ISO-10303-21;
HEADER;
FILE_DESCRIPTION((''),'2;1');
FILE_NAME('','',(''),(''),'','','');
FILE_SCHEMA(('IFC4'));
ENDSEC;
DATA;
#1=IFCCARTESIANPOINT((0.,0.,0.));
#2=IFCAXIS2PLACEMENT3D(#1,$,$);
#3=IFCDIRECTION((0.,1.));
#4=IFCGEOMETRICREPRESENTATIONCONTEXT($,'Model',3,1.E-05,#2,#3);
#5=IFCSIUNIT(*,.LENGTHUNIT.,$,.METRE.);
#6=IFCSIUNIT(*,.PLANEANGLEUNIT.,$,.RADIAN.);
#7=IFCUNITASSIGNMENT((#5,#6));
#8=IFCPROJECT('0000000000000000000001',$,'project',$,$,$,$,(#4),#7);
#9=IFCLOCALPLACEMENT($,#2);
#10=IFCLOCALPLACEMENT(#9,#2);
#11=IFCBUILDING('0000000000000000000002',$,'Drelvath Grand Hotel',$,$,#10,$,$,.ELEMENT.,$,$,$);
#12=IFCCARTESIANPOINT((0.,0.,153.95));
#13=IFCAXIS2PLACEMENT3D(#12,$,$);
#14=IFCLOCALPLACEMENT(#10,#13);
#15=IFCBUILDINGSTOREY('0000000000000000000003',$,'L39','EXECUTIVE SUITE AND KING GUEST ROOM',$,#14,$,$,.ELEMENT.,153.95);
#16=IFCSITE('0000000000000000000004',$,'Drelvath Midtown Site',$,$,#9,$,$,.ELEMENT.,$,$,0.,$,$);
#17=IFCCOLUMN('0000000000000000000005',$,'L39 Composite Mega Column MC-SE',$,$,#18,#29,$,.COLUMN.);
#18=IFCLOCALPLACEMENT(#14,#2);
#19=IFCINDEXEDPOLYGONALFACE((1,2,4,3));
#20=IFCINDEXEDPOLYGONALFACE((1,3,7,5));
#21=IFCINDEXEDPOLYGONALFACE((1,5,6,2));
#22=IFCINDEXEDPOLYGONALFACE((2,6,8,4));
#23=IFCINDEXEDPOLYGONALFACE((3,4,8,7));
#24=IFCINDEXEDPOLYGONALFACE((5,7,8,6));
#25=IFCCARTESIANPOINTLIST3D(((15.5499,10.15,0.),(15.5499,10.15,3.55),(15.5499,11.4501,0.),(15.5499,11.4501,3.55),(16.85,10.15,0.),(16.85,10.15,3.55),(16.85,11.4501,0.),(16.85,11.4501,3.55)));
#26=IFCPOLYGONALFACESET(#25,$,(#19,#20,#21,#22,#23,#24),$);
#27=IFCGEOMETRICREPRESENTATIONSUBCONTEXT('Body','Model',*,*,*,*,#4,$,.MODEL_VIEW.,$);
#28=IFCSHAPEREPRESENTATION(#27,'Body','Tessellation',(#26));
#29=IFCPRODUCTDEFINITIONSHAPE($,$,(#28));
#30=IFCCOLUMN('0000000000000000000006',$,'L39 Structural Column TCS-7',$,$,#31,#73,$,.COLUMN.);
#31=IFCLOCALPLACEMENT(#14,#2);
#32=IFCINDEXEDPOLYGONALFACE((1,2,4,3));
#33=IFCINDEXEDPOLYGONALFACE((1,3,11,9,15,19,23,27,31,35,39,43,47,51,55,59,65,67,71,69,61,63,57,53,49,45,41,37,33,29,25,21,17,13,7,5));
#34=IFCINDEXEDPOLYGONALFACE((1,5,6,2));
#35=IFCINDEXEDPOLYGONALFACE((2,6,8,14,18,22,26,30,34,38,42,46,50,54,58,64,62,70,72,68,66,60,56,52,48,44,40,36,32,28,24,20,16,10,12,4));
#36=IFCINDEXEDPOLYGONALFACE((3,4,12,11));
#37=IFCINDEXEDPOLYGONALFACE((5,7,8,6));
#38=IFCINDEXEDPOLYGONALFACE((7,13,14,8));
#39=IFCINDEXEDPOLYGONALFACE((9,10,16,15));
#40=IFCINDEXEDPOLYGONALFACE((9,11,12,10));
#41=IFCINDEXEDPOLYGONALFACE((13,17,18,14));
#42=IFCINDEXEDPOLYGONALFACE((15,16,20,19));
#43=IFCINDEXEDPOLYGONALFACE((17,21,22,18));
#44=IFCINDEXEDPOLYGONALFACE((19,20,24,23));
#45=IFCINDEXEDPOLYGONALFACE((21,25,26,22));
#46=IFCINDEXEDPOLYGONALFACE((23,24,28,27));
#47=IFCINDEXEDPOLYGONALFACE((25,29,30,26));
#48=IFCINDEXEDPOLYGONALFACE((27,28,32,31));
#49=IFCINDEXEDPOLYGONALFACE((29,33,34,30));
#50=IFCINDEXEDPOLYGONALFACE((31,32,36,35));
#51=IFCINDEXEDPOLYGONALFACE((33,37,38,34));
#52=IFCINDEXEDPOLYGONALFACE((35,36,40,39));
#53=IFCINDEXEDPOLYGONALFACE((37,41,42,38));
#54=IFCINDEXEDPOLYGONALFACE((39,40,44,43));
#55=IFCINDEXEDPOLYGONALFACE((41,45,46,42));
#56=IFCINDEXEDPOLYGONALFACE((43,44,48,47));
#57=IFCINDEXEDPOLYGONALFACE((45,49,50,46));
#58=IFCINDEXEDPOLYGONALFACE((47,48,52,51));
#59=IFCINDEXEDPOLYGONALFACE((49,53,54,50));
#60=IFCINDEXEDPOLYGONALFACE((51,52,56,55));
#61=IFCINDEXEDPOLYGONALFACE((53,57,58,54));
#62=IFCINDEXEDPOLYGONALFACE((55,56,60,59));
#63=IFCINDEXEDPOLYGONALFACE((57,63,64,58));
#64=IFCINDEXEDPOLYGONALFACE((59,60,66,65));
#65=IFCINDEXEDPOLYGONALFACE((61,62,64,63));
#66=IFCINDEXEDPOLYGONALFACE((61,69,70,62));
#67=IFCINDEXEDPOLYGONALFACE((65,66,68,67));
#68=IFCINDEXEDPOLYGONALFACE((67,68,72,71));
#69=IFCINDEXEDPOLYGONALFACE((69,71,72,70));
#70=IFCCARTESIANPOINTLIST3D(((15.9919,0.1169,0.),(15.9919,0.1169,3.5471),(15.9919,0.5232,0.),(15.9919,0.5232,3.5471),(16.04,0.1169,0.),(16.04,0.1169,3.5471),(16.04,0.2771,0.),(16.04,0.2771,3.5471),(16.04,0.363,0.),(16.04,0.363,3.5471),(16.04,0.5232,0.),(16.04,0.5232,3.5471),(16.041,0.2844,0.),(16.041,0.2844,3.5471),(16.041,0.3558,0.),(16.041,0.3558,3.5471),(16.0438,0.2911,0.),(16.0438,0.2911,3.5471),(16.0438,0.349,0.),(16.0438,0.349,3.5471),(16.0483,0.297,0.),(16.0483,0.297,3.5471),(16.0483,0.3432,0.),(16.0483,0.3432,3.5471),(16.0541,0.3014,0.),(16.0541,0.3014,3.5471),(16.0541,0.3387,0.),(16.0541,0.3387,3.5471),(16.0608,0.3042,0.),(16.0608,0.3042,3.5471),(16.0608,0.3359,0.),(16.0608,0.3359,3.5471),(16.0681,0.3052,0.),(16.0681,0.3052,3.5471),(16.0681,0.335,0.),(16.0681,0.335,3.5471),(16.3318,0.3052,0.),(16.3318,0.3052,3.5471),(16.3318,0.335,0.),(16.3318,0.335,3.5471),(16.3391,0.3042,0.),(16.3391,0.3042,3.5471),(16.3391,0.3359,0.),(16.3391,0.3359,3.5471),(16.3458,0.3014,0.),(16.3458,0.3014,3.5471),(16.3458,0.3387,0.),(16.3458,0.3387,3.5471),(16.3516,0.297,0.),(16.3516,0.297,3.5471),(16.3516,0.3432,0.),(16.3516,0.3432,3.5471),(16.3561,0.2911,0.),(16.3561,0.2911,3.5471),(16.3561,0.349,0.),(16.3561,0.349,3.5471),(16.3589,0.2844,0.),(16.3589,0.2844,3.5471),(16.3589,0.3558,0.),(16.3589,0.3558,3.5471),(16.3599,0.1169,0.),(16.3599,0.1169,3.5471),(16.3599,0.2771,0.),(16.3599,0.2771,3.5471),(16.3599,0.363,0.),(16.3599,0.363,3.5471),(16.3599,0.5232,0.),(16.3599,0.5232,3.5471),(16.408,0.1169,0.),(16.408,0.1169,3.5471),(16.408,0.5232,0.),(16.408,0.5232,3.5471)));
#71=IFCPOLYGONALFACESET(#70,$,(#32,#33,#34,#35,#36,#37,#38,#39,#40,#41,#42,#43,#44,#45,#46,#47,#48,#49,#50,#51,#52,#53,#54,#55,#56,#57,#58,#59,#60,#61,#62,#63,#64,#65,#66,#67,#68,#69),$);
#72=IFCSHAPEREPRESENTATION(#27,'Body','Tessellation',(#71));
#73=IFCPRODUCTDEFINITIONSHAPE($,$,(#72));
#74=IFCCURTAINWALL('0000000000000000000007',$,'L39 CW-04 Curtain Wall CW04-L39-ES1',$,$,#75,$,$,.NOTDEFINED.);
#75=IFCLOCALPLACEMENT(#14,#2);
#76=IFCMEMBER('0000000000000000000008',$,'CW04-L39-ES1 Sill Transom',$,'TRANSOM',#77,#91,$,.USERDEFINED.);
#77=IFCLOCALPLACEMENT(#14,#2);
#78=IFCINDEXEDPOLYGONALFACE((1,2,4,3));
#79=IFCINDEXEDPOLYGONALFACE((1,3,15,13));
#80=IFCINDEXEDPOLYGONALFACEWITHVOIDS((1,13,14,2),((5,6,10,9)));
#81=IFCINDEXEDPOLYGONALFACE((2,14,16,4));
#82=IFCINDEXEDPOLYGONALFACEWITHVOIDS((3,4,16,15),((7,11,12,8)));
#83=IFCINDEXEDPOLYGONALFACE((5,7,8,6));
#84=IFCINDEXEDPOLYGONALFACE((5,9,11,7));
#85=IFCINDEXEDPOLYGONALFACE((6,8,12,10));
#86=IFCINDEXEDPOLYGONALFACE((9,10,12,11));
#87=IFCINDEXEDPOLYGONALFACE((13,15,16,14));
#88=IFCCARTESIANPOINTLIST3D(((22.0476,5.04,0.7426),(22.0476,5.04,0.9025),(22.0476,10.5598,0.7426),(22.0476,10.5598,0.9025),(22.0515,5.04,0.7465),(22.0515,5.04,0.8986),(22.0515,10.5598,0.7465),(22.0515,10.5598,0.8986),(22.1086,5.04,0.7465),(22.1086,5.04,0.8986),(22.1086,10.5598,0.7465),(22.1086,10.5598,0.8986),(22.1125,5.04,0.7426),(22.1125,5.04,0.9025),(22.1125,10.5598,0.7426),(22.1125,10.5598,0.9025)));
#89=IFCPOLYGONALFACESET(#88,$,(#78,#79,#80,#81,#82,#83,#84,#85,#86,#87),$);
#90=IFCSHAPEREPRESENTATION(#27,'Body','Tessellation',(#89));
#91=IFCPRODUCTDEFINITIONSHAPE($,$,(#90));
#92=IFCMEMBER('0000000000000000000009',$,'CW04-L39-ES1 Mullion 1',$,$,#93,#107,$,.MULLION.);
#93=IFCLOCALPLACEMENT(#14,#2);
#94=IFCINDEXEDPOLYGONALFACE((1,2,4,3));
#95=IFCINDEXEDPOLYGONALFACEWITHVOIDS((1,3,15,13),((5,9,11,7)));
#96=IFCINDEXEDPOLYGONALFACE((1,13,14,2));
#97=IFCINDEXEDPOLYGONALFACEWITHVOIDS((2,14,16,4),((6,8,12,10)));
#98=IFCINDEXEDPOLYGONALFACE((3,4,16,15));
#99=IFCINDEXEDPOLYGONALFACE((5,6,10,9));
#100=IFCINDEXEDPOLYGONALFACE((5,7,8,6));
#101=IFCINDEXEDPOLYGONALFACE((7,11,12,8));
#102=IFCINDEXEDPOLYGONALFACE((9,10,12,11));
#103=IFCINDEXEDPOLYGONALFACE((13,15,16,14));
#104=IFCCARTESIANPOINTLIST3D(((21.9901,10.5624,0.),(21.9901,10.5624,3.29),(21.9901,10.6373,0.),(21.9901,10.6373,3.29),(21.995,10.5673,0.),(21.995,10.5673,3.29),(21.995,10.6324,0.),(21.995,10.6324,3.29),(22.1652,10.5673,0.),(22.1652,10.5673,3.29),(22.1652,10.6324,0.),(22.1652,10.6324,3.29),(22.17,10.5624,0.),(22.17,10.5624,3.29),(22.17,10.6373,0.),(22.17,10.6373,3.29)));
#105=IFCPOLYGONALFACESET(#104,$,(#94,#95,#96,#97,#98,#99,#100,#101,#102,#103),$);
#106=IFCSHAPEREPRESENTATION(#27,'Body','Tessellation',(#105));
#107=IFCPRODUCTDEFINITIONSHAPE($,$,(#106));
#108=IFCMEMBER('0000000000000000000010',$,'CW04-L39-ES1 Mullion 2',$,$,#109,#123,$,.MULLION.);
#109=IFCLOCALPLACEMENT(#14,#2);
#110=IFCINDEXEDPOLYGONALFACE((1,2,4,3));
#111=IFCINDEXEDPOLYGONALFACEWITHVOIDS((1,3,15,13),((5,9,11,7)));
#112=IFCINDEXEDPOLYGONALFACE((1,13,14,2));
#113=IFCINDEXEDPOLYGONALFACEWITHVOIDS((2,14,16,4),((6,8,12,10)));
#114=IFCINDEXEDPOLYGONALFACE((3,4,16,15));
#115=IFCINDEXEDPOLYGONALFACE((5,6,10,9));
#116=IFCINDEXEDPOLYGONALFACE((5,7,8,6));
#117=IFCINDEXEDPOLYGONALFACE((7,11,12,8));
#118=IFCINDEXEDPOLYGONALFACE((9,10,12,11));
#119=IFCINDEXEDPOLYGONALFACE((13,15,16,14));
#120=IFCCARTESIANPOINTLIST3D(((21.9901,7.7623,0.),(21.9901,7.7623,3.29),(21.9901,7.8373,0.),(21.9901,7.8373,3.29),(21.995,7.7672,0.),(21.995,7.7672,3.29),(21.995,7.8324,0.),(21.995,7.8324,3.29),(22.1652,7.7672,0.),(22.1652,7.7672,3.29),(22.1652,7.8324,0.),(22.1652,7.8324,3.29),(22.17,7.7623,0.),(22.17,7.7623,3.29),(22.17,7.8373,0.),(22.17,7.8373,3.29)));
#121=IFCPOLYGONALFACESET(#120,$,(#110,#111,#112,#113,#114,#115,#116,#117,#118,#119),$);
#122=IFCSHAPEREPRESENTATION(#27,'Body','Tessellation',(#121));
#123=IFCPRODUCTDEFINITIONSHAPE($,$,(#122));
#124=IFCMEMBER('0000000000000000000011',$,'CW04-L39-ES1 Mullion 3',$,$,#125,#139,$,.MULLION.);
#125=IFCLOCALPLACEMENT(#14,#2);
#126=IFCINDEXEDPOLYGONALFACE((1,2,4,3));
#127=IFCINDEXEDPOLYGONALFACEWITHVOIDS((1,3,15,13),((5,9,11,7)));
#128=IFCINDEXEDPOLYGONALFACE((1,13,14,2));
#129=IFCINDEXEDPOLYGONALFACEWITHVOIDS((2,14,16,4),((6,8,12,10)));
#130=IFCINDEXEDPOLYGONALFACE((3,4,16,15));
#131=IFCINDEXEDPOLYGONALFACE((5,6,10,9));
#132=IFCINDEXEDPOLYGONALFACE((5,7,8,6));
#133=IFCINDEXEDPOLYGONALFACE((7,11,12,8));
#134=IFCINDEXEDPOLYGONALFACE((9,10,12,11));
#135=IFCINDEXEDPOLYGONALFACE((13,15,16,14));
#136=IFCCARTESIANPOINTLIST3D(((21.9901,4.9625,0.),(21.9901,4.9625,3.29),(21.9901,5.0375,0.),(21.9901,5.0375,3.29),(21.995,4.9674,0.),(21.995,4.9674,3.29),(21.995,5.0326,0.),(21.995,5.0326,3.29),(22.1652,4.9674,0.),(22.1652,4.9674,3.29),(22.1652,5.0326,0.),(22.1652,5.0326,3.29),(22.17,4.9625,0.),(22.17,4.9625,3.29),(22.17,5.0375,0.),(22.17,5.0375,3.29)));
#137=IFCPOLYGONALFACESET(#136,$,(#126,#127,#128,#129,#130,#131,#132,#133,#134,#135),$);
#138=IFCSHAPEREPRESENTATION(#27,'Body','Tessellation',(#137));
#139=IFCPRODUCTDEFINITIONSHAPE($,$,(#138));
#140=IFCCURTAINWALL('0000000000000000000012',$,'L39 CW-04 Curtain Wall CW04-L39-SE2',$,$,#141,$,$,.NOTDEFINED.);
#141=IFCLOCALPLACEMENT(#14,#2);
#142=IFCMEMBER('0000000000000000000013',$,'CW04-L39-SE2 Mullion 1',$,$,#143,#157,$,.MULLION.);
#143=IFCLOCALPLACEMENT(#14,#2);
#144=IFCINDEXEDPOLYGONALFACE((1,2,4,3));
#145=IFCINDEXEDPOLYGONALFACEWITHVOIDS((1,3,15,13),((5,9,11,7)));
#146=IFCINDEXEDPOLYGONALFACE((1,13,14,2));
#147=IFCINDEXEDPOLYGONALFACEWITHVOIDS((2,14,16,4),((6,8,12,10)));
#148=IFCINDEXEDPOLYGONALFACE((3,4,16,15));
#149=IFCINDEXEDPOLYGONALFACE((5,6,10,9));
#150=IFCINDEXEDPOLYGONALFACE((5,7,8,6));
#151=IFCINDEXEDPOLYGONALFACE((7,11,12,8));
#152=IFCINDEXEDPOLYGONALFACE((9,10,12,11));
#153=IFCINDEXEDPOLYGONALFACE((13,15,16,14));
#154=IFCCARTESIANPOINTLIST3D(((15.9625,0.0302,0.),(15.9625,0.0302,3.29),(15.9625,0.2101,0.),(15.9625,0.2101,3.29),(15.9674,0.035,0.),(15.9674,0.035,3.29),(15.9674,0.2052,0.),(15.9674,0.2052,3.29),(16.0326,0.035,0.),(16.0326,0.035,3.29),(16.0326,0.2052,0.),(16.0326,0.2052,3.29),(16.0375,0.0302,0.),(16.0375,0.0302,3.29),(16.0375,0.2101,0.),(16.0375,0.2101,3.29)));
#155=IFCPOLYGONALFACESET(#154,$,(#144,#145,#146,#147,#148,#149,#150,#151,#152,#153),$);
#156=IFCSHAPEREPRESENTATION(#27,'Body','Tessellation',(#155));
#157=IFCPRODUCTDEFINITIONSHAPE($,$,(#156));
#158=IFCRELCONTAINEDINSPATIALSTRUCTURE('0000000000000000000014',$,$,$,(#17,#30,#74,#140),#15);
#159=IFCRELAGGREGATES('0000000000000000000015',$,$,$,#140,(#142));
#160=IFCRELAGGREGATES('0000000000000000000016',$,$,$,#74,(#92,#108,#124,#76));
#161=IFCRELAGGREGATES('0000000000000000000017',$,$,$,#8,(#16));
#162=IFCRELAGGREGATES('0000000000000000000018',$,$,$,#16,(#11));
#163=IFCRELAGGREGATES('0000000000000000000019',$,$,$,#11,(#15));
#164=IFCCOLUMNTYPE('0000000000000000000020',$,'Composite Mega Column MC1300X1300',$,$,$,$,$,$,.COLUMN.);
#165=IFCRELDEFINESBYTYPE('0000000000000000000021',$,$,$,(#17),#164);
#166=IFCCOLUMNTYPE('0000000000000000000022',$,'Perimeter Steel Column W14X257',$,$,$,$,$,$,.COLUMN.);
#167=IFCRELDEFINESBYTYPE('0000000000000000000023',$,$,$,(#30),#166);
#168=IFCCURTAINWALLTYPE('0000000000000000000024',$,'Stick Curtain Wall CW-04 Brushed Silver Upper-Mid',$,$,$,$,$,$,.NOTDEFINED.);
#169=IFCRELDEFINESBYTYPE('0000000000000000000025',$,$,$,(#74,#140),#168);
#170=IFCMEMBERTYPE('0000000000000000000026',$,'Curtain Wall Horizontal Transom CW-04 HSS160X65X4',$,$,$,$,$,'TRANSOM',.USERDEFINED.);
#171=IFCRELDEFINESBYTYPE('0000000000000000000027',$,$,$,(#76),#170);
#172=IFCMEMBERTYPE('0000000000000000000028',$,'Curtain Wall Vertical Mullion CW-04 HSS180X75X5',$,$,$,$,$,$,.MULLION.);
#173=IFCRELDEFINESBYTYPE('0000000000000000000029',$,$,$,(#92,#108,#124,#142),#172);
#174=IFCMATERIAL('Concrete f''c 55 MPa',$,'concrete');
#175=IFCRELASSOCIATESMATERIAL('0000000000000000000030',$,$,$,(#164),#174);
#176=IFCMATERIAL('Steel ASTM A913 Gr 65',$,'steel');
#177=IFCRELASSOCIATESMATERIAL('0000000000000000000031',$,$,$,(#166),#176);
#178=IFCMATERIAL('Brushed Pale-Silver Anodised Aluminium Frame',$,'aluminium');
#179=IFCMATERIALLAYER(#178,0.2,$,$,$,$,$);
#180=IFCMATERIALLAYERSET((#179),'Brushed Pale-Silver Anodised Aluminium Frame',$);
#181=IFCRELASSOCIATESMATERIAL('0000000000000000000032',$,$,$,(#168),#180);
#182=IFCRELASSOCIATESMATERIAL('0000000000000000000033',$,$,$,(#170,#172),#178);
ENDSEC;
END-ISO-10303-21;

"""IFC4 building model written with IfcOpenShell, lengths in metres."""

from ifc_helpers import new_model, si_unit, direction, frame, origin, origin_2d, place, context, subcontext, project, spatial, rectangle, hollow_rectangle, i_section, extrude, material, layer, layer_set, material_profile, profile_set, type_object, element, aggregate, save


model = new_model("IFC4")

# Units and contexts
model_context = context("Model", 3, precision=1e-05, world=origin(), true_north=direction((0.0, 1.0)))
body_context = subcontext(model_context, "Body", "Model", "MODEL_VIEW")
ifc_project = project(units=[si_unit("LENGTHUNIT", "METRE"), si_unit("PLANEANGLEUNIT", "RADIAN")], contexts=[model_context])

# Site, building, storey
site_placement = place(None, origin())
site = spatial("IfcSite", under=ifc_project, at=site_placement, Name="Drelvath Midtown Site", CompositionType="ELEMENT", RefElevation=0.0)
building_placement = place(site_placement, origin())
building = spatial("IfcBuilding", under=site, at=building_placement, Name="Drelvath Grand Hotel", CompositionType="ELEMENT")
storey_placement = place(building_placement, frame((0.0, 0.0, 153.95)))
storey = spatial("IfcBuildingStorey", under=building, at=storey_placement, Name="L39", Description="EXECUTIVE SUITE AND KING GUEST ROOM", CompositionType="ELEMENT", Elevation=153.95)

# Columns
ifc_material_1 = material(Name="Concrete f'c 55 MPa", Category="concrete")
ifc_material_profile_1 = material_profile(ifc_material_1, rectangle(XDim=1.3, YDim=1.3, at=origin_2d()), Name="MC1300X1300")
ifc_profile_set_1 = profile_set([ifc_material_profile_1], Name="Concrete f'c 55 MPa")
column_type_1 = type_object("IfcColumnType", Name="Composite Mega Column MC1300X1300", PredefinedType="COLUMN", material=ifc_profile_set_1)
column_1_placement = place(storey_placement, frame((16.2, 10.8, 0.0), z_axis=(0.0, 0.0, 1.0), x_axis=(1.0, 0.0, 0.0)))
element("IfcColumn", 1, at=column_1_placement, inside=storey, type_object=column_type_1, Name="L39 Composite Mega Column MC-SE", PredefinedType="COLUMN", context=body_context, shape_type="SweptSolid", body=[
    extrude(rectangle(XDim=1.3, YDim=1.3, at=origin_2d()), origin(), (0.0, 0.0, 1.0), 3.55),
])
ifc_material_2 = material(Name="Steel ASTM A913 Gr 65", Category="steel")
ifc_material_profile_2 = material_profile(ifc_material_2, i_section(OverallWidth=0.4062, OverallDepth=0.416, WebThickness=0.0298, FlangeThickness=0.0481, FilletRadius=0.0281, at=origin_2d()), Name="W14X257")
ifc_profile_set_2 = profile_set([ifc_material_profile_2], Name="Steel ASTM A913 Gr 65")
column_type_2 = type_object("IfcColumnType", Name="Perimeter Steel Column W14X257", PredefinedType="COLUMN", material=ifc_profile_set_2)
column_2_placement = place(storey_placement, frame((16.2, 0.3201, 0.0), z_axis=(0.0, 0.0, 1.0), x_axis=(0.0, 1.0, 0.0)))
element("IfcColumn", 2, at=column_2_placement, inside=storey, type_object=column_type_2, Name="L39 Structural Column TCS-7", PredefinedType="COLUMN", context=body_context, shape_type="SweptSolid", body=[
    extrude(i_section(OverallWidth=0.4062, OverallDepth=0.416, WebThickness=0.0298, FlangeThickness=0.0481, FilletRadius=0.0281, at=origin_2d()), origin(), (0.0, 0.0, 1.0), 3.5471),
])

# Curtain wall, members
ifc_material_3 = material(Name="Brushed Pale-Silver Anodised Aluminium Frame", Category="aluminium")
ifc_layer_1 = layer(ifc_material_3, 0.2)
ifc_layer_set_1 = layer_set([ifc_layer_1], Name="Brushed Pale-Silver Anodised Aluminium Frame")
curtain_wall_type = type_object("IfcCurtainWallType", Name="Stick Curtain Wall CW-04 Brushed Silver Upper-Mid", PredefinedType="NOTDEFINED", material=ifc_layer_set_1)
curtain_wall_1_placement = place(storey_placement, origin())
curtain_wall_1 = element("IfcCurtainWall", 3, at=curtain_wall_1_placement, inside=storey, type_object=curtain_wall_type, Name="L39 CW-04 Curtain Wall CW04-L39-ES1", PredefinedType="NOTDEFINED")
ifc_material_profile_3 = material_profile(ifc_material_3, hollow_rectangle(XDim=0.0649, YDim=0.1599, WallThickness=0.0039, at=origin_2d()), Name="HSS160X65X4")
ifc_profile_set_3 = profile_set([ifc_material_profile_3], Name="Brushed Pale-Silver Anodised Aluminium Frame")
member_type_1 = type_object("IfcMemberType", Name="Curtain Wall Horizontal Transom CW-04 HSS160X65X4", ElementType="TRANSOM", PredefinedType="USERDEFINED", material=ifc_profile_set_3)
member_1_placement = place(storey_placement, frame((22.0801, 10.5598, 0.8225), z_axis=(0.0, -1.0, 0.0), x_axis=(1.0, 0.0, 0.0)))
member_1 = element("IfcMember", 4, at=member_1_placement, type_object=member_type_1, Name="CW04-L39-ES1 Sill Transom", ObjectType="TRANSOM", PredefinedType="USERDEFINED", context=body_context, shape_type="SweptSolid", body=[
    extrude(hollow_rectangle(XDim=0.0649, YDim=0.1599, WallThickness=0.0039, at=origin_2d()), origin(), (0.0, 0.0, 1.0), 5.5198),
])
ifc_material_profile_4 = material_profile(ifc_material_3, hollow_rectangle(XDim=0.075, YDim=0.1799, WallThickness=0.0049, at=origin_2d()), Name="HSS180X75X5")
ifc_profile_set_4 = profile_set([ifc_material_profile_4], Name="Brushed Pale-Silver Anodised Aluminium Frame")
member_type_2 = type_object("IfcMemberType", Name="Curtain Wall Vertical Mullion CW-04 HSS180X75X5", PredefinedType="MULLION", material=ifc_profile_set_4)
member_2_placement = place(storey_placement, frame((22.0801, 10.5999, 0.0), z_axis=(0.0, 0.0, 1.0), x_axis=(0.0, 1.0, 0.0)))
member_2 = element("IfcMember", 5, at=member_2_placement, type_object=member_type_2, Name="CW04-L39-ES1 Mullion 1", PredefinedType="MULLION", context=body_context, shape_type="SweptSolid", body=[
    extrude(hollow_rectangle(XDim=0.075, YDim=0.1799, WallThickness=0.0049, at=origin_2d()), origin(), (0.0, 0.0, 1.0), 3.29),
])
member_3_placement = place(storey_placement, frame((22.0801, 7.7998, 0.0), z_axis=(0.0, 0.0, 1.0), x_axis=(0.0, 1.0, 0.0)))
member_3 = element("IfcMember", 6, at=member_3_placement, type_object=member_type_2, Name="CW04-L39-ES1 Mullion 2", PredefinedType="MULLION", context=body_context, shape_type="SweptSolid", body=[
    extrude(hollow_rectangle(XDim=0.075, YDim=0.1799, WallThickness=0.0049, at=origin_2d()), origin(), (0.0, 0.0, 1.0), 3.29),
])
member_4_placement = place(storey_placement, frame((22.0801, 5.0, 0.0), z_axis=(0.0, 0.0, 1.0), x_axis=(0.0, 1.0, 0.0)))
member_4 = element("IfcMember", 7, at=member_4_placement, type_object=member_type_2, Name="CW04-L39-ES1 Mullion 3", PredefinedType="MULLION", context=body_context, shape_type="SweptSolid", body=[
    extrude(hollow_rectangle(XDim=0.075, YDim=0.1799, WallThickness=0.0049, at=origin_2d()), origin(), (0.0, 0.0, 1.0), 3.29),
])

# Curtain wall, member
curtain_wall_2_placement = place(storey_placement, origin())
curtain_wall_2 = element("IfcCurtainWall", 8, at=curtain_wall_2_placement, inside=storey, type_object=curtain_wall_type, Name="L39 CW-04 Curtain Wall CW04-L39-SE2", PredefinedType="NOTDEFINED")
member_5_placement = place(storey_placement, frame((16.0, 0.1201, 0.0), z_axis=(0.0, 0.0, 1.0), x_axis=(1.0, 0.0, 0.0)))
member_5 = element("IfcMember", 9, at=member_5_placement, type_object=member_type_2, Name="CW04-L39-SE2 Mullion 1", PredefinedType="MULLION", context=body_context, shape_type="SweptSolid", body=[
    extrude(hollow_rectangle(XDim=0.075, YDim=0.1799, WallThickness=0.0049, at=origin_2d()), origin(), (0.0, 0.0, 1.0), 3.29),
])
aggregate(curtain_wall_2, [member_5])

aggregate(curtain_wall_1, [member_2, member_3, member_4, member_1])

save(model, "model.ifc")
